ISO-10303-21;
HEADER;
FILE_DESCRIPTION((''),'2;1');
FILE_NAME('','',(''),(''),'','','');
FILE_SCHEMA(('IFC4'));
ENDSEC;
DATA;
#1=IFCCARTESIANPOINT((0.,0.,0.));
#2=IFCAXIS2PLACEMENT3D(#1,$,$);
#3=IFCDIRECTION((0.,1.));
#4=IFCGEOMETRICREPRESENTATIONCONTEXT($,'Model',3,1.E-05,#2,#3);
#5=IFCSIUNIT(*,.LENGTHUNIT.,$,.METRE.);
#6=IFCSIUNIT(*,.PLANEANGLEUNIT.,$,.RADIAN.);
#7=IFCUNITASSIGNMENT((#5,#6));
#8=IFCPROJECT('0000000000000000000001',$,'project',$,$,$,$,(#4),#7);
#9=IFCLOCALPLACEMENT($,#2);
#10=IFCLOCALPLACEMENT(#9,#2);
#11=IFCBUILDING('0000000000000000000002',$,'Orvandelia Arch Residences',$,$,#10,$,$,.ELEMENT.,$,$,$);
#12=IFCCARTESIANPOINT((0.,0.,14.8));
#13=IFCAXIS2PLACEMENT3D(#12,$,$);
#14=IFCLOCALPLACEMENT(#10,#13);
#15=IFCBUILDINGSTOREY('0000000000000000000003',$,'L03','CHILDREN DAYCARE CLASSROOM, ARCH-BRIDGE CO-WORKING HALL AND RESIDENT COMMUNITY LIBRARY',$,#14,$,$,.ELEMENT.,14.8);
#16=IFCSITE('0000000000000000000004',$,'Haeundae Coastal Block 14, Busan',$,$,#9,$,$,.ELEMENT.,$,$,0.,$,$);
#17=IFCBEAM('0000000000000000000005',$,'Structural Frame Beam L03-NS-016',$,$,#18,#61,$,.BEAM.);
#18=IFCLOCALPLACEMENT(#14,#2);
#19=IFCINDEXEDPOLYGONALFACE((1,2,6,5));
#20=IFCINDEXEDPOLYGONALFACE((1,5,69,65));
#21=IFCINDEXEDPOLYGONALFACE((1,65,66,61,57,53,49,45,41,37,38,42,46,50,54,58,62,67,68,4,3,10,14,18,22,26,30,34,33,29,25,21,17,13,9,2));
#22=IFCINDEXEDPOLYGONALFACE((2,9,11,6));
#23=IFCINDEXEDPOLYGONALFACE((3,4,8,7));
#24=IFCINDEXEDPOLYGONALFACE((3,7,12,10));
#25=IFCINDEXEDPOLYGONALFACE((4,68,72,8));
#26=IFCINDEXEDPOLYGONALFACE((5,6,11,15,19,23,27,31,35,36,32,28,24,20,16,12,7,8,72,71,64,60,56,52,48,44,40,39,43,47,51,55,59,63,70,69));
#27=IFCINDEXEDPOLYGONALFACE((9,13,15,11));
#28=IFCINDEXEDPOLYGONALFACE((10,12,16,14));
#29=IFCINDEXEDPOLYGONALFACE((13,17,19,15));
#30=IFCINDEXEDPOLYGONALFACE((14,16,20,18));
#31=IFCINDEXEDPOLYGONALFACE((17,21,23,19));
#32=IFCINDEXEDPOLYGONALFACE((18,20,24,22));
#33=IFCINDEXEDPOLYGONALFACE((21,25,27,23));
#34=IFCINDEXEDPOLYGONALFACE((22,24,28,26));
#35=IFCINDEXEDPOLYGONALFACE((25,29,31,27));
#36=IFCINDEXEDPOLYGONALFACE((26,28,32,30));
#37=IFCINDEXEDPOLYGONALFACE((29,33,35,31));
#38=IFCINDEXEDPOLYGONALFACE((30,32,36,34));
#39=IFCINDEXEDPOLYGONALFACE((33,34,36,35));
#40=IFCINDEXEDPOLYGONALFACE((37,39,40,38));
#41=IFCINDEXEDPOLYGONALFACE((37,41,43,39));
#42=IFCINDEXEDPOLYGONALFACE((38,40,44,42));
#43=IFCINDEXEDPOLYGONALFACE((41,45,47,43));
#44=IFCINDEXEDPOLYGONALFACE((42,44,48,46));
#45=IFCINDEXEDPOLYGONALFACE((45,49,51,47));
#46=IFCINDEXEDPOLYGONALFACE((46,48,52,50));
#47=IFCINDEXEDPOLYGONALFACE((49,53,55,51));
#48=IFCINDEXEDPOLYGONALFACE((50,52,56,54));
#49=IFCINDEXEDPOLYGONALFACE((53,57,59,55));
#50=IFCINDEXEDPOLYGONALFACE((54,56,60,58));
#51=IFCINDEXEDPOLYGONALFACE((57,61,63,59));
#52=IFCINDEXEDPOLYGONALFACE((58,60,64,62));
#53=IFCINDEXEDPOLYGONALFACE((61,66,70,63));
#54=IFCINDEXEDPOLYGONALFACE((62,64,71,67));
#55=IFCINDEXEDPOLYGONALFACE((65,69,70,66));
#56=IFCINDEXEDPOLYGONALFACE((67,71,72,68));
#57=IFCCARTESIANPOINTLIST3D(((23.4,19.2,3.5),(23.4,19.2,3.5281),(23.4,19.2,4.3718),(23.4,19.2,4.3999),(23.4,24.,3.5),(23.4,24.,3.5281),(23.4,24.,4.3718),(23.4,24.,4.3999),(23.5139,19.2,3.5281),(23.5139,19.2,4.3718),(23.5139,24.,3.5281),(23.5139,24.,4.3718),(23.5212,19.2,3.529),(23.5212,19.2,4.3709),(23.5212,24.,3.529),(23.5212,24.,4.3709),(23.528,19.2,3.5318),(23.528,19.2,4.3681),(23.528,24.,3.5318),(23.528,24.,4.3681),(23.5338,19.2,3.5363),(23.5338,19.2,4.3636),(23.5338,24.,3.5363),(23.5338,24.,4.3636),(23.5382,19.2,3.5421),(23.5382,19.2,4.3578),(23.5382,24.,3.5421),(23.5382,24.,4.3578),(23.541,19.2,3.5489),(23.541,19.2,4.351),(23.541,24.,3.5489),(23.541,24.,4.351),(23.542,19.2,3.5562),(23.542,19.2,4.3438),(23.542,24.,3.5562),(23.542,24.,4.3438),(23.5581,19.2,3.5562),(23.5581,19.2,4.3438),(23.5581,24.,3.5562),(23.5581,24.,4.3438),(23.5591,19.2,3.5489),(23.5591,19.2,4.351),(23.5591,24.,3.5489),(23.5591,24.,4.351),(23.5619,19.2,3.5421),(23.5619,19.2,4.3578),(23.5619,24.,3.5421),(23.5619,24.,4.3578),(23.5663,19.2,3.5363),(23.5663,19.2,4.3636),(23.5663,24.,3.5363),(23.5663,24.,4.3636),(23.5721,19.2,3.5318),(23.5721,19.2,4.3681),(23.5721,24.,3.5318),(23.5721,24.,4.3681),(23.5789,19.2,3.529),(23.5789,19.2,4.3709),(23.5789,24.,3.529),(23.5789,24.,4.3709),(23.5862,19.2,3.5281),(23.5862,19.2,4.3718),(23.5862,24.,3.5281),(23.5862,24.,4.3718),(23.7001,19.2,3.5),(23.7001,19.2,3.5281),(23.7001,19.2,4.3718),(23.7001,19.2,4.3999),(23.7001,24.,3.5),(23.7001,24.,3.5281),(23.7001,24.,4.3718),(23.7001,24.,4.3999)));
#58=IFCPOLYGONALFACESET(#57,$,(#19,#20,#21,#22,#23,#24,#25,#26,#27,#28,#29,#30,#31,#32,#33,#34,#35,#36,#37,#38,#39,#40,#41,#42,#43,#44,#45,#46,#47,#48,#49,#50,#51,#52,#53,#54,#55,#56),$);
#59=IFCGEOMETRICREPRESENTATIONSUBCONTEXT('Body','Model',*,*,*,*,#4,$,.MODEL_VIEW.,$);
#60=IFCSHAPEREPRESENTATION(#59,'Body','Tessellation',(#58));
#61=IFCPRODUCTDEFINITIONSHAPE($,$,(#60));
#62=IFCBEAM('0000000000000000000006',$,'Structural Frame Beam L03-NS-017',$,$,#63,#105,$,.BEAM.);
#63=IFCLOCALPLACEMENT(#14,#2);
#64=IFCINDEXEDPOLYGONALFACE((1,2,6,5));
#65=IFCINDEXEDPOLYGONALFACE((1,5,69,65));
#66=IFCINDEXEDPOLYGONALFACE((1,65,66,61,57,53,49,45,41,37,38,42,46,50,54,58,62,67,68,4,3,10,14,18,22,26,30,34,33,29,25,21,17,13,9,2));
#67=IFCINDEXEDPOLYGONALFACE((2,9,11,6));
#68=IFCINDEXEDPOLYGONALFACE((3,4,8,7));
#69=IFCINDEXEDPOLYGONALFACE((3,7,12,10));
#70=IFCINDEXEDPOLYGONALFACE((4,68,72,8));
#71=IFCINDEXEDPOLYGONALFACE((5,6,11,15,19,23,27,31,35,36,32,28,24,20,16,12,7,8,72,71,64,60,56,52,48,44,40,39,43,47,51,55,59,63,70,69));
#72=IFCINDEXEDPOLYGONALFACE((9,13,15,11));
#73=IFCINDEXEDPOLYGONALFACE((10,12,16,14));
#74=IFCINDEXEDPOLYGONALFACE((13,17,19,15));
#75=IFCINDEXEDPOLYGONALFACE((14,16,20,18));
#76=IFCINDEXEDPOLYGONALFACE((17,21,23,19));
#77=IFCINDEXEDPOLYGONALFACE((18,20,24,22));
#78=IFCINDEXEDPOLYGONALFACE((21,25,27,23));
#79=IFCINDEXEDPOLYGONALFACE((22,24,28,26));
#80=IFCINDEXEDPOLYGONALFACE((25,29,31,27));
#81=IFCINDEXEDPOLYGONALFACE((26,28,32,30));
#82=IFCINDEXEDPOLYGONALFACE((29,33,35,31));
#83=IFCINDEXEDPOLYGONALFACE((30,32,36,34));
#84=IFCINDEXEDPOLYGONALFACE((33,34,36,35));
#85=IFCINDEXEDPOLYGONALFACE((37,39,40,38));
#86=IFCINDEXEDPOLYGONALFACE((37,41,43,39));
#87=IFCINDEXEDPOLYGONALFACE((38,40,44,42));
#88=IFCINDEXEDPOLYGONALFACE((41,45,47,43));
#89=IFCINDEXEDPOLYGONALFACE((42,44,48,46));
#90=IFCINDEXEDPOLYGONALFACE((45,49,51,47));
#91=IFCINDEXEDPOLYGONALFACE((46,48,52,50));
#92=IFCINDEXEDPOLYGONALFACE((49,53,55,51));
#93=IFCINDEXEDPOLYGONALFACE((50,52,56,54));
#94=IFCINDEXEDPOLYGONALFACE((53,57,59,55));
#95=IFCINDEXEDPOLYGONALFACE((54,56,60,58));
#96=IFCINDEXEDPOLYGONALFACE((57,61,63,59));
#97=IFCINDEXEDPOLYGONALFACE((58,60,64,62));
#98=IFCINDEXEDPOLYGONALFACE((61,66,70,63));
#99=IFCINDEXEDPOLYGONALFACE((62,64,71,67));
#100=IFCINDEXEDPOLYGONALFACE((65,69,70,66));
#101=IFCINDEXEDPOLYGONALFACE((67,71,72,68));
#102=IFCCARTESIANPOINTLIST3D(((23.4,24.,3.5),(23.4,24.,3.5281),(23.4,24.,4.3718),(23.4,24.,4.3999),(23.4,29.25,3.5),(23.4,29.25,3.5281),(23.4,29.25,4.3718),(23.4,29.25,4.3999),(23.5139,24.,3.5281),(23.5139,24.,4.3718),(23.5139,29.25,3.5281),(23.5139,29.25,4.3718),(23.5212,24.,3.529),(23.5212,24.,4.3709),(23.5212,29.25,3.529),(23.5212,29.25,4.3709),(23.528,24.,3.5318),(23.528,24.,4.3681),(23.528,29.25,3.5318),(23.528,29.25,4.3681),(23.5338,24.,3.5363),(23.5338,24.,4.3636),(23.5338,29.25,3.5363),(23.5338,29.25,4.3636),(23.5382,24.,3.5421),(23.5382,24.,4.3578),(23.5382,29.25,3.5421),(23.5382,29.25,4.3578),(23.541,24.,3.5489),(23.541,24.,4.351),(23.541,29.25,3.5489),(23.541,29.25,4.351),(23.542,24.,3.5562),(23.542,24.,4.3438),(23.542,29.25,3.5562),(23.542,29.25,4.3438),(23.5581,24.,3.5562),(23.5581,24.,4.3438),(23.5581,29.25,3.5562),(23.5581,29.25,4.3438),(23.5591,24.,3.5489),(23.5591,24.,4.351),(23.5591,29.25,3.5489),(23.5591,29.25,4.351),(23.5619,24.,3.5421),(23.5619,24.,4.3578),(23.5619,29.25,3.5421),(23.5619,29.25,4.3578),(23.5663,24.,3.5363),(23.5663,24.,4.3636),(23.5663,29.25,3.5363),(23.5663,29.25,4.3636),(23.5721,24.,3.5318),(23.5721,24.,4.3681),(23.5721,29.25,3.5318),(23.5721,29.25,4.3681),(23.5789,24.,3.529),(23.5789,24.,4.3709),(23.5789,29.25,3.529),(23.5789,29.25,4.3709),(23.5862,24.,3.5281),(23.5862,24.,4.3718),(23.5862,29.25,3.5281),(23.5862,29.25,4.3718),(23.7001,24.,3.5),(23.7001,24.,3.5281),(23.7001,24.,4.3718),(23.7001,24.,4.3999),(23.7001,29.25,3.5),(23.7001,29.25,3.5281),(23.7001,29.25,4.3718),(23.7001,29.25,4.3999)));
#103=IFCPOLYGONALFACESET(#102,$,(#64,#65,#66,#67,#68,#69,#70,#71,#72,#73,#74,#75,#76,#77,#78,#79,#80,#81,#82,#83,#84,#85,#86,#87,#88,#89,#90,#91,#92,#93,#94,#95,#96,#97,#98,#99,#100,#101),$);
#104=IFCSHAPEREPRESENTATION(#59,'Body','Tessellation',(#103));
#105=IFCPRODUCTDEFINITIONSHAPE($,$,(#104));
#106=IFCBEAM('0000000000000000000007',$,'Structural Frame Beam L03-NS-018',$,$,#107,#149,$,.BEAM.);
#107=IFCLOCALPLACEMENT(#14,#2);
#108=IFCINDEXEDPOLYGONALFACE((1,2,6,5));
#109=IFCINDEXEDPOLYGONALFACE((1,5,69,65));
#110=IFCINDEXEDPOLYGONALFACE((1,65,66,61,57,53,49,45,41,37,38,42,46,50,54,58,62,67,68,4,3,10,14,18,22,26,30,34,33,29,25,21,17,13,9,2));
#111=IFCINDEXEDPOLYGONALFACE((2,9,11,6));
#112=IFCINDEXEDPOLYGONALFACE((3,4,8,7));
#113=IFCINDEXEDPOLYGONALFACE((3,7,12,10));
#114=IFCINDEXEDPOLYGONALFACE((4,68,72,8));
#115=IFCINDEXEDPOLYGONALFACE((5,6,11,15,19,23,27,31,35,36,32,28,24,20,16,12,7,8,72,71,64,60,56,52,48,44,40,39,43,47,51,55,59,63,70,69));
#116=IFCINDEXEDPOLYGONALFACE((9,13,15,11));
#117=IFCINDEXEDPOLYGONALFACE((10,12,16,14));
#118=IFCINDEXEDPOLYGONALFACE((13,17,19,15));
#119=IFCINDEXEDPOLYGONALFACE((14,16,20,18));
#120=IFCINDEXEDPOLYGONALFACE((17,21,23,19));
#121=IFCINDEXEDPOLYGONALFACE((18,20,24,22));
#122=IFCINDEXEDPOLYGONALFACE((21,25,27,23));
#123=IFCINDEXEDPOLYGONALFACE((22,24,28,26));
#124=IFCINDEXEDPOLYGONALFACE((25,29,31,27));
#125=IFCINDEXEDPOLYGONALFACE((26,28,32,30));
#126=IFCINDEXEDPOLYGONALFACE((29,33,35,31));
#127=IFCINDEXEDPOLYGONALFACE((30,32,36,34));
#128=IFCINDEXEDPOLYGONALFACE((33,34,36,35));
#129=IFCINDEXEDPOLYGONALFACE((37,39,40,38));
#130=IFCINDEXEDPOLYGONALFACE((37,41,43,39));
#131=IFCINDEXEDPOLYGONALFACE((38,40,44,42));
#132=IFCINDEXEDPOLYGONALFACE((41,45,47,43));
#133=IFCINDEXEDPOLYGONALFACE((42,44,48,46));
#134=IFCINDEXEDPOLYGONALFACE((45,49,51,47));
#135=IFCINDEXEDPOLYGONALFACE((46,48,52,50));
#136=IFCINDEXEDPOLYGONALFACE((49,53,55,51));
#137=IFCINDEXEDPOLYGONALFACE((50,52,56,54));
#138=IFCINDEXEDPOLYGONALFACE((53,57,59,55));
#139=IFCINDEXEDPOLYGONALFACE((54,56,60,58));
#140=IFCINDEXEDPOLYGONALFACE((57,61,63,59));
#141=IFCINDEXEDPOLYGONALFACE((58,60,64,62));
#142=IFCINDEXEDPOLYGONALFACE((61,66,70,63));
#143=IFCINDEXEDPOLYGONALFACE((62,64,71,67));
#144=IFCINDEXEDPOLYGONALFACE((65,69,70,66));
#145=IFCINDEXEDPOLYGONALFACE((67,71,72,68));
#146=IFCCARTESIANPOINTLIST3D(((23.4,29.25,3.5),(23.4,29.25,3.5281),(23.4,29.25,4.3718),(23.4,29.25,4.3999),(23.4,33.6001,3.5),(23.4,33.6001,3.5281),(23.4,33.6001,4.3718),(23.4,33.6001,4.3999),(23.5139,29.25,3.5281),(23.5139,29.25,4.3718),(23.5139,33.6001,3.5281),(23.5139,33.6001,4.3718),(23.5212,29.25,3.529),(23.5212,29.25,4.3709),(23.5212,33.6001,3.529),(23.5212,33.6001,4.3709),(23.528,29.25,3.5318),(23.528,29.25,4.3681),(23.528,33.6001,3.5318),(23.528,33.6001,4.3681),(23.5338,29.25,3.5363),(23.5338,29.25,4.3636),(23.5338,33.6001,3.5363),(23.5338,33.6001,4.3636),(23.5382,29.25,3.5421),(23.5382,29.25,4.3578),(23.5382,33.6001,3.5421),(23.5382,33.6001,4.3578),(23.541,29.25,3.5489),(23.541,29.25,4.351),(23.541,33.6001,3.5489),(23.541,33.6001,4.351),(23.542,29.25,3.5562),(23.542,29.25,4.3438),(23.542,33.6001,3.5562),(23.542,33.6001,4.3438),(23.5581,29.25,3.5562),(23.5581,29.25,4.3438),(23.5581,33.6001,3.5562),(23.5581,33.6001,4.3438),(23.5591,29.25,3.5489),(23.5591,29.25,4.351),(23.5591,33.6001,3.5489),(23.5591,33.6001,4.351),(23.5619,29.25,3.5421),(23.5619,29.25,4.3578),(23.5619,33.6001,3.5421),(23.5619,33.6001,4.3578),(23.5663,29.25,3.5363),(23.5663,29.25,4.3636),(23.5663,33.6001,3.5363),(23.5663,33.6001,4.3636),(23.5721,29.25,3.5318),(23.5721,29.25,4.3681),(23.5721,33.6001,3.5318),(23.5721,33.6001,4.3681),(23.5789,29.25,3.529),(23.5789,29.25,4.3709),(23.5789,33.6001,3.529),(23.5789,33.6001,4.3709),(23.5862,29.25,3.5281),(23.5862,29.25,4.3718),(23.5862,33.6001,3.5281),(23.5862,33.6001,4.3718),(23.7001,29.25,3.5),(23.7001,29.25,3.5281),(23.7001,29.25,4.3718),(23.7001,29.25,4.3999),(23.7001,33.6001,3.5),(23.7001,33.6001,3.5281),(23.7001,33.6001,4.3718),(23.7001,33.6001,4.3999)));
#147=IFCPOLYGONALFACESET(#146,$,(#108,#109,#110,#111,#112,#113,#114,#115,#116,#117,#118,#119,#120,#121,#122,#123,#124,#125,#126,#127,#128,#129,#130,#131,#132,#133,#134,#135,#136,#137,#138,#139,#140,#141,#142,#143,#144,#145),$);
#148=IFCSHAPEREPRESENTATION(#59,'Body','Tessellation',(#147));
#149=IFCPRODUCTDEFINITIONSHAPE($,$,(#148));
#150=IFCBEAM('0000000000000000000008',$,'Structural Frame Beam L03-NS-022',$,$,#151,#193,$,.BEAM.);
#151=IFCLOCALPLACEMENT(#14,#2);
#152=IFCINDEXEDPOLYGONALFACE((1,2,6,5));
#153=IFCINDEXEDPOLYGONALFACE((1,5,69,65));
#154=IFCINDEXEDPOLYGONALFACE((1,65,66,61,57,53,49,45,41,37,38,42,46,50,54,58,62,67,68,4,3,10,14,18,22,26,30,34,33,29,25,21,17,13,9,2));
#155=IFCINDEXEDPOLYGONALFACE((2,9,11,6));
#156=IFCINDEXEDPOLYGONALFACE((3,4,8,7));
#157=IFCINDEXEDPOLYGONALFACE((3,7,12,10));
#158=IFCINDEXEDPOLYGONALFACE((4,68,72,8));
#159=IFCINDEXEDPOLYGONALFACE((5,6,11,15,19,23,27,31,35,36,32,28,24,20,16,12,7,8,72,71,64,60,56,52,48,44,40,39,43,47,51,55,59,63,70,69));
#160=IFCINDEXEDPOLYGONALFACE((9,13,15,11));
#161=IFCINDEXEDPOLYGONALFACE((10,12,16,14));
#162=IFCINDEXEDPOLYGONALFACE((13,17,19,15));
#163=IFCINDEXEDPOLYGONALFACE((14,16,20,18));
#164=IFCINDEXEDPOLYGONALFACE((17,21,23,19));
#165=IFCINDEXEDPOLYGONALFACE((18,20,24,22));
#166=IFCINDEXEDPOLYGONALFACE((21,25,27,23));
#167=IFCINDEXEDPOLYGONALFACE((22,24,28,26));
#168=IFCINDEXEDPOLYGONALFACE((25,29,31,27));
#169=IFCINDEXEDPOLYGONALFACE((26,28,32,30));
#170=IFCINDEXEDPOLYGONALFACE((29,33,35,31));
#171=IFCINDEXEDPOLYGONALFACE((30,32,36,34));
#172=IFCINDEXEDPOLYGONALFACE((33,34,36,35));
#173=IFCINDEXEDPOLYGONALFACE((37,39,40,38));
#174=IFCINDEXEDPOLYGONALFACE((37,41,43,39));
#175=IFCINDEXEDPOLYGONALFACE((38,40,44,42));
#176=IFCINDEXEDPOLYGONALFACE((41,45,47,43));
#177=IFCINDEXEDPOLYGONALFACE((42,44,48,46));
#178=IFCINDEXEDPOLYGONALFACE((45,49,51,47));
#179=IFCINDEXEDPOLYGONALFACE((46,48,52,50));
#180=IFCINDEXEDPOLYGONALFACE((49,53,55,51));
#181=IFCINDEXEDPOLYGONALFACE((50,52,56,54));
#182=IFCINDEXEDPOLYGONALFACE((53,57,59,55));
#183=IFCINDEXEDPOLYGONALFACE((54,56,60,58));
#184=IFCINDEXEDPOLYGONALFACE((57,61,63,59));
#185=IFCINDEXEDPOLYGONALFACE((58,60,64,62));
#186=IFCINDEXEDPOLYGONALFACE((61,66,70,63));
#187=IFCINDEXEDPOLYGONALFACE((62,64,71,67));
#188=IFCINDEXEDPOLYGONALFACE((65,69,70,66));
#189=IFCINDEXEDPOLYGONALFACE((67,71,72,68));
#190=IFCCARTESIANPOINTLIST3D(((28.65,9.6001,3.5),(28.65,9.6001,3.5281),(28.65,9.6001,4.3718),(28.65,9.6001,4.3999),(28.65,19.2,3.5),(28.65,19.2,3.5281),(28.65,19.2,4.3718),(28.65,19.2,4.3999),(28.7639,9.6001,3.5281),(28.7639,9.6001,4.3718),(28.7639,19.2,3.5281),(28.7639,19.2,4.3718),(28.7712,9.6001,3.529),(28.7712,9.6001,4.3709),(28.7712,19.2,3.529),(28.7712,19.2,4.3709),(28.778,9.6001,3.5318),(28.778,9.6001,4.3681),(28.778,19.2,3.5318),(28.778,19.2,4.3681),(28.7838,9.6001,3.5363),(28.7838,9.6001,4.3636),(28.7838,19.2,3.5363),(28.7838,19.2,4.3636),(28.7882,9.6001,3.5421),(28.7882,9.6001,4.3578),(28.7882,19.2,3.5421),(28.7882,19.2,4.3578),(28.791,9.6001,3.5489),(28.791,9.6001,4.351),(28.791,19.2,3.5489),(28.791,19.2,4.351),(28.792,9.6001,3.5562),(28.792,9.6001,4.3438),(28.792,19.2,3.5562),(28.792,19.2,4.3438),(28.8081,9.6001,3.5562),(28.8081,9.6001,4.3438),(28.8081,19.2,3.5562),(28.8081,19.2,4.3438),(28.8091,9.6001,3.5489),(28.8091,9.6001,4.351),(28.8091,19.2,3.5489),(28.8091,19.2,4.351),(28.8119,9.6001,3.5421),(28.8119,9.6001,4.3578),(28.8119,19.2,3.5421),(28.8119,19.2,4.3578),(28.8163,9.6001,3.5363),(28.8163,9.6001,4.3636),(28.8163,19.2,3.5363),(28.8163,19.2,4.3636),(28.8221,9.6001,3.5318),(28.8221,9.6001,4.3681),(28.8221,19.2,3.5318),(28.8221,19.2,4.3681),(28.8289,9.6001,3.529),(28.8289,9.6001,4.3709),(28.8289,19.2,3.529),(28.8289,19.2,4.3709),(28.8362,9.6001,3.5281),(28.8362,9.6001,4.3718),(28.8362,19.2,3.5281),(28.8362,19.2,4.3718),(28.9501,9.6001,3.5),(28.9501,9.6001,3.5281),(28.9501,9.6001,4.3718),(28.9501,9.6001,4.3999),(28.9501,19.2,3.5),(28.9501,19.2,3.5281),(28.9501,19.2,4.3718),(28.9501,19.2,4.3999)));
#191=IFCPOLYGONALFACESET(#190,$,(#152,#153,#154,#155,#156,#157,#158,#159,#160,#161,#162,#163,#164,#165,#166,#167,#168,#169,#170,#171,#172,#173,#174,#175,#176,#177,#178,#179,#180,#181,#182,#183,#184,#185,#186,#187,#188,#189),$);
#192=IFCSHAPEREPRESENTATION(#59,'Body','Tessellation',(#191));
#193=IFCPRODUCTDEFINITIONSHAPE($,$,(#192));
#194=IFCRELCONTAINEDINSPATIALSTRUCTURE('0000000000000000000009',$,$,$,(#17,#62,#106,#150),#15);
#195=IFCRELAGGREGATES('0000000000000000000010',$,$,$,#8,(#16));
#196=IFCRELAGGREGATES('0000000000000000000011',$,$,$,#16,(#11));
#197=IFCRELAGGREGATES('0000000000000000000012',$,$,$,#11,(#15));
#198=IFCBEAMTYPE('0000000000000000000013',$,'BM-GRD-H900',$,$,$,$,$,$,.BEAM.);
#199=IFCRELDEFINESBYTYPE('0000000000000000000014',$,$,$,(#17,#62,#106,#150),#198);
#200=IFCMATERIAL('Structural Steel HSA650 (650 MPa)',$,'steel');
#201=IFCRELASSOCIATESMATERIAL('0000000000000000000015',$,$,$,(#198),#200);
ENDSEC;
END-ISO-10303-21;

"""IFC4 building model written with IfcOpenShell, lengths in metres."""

from ifc_helpers import new_model, si_unit, direction, frame, origin, origin_2d, place, context, subcontext, project, spatial, i_section, extrude, material, material_profile, profile_set, type_object, element, save


model = new_model("IFC4")

# Units and contexts
model_context = context("Model", 3, precision=1e-05, world=origin(), true_north=direction((0.0, 1.0)))
body_context = subcontext(model_context, "Body", "Model", "MODEL_VIEW")
ifc_project = project(units=[si_unit("LENGTHUNIT", "METRE"), si_unit("PLANEANGLEUNIT", "RADIAN")], contexts=[model_context])

# Site, building, storey
site_placement = place(None, origin())
site = spatial("IfcSite", under=ifc_project, at=site_placement, Name="Haeundae Coastal Block 14, Busan", CompositionType="ELEMENT", RefElevation=0.0)
building_placement = place(site_placement, origin())
building = spatial("IfcBuilding", under=site, at=building_placement, Name="Orvandelia Arch Residences", CompositionType="ELEMENT")
storey_placement = place(building_placement, frame((0.0, 0.0, 14.8)))
storey = spatial("IfcBuildingStorey", under=building, at=storey_placement, Name="L03", Description="CHILDREN DAYCARE CLASSROOM, ARCH-BRIDGE CO-WORKING HALL AND RESIDENT COMMUNITY LIBRARY", CompositionType="ELEMENT", Elevation=14.8)

# Shared definitions
ifc_material_1 = material(Name="Structural Steel HSA650 (650 MPa)", Category="steel")

# Beams
ifc_material_profile_1 = material_profile(ifc_material_1, i_section(OverallWidth=0.3, OverallDepth=0.8999, WebThickness=0.0161, FlangeThickness=0.0281, FilletRadius=0.0281, at=origin_2d()), Name="Structural Steel HSA650 (650 MPa)", Category="steel")
ifc_profile_set_1 = profile_set([ifc_material_profile_1], Name="Structural Steel HSA650 (650 MPa)")
beam_type_1 = type_object("IfcBeamType", Name="BM-GRD-H900", PredefinedType="BEAM", material=ifc_profile_set_1)
for number, where, z_axis, x_axis, name in (
    (1, (23.55, 19.2, 3.95), (0.0, 1.0, 0.0), (-1.0, 0.0, 0.0), "Structural Frame Beam L03-NS-016"),
):
    element("IfcBeam", number, at=place(storey_placement, frame(where, z_axis=z_axis, x_axis=x_axis)), inside=storey, type_object=beam_type_1, Name=name, PredefinedType="BEAM", context=body_context, shape_type="SweptSolid", body=[
        extrude(i_section(OverallWidth=0.3, OverallDepth=0.8999, WebThickness=0.0161, FlangeThickness=0.0281, FilletRadius=0.0281, at=origin_2d()), origin(), (0.0, 0.0, 1.0), 4.8),
    ])
beam_1_placement = place(storey_placement, frame((23.55, 24.0, 3.95), z_axis=(0.0, 1.0, 0.0), x_axis=(-1.0, 0.0, 0.0)))
element("IfcBeam", 2, at=beam_1_placement, inside=storey, type_object=beam_type_1, Name="Structural Frame Beam L03-NS-017", PredefinedType="BEAM", context=body_context, shape_type="SweptSolid", body=[
    extrude(i_section(OverallWidth=0.3, OverallDepth=0.8999, WebThickness=0.0161, FlangeThickness=0.0281, FilletRadius=0.0281, at=origin_2d()), origin(), (0.0, 0.0, 1.0), 5.25),
])
beam_2_placement = place(storey_placement, frame((23.55, 29.25, 3.95), z_axis=(0.0, 1.0, 0.0), x_axis=(-1.0, 0.0, 0.0)))
element("IfcBeam", 3, at=beam_2_placement, inside=storey, type_object=beam_type_1, Name="Structural Frame Beam L03-NS-018", PredefinedType="BEAM", context=body_context, shape_type="SweptSolid", body=[
    extrude(i_section(OverallWidth=0.3, OverallDepth=0.8999, WebThickness=0.0161, FlangeThickness=0.0281, FilletRadius=0.0281, at=origin_2d()), origin(), (0.0, 0.0, 1.0), 4.3501),
])
beam_3_placement = place(storey_placement, frame((28.8, 9.6001, 3.95), z_axis=(0.0, 1.0, 0.0), x_axis=(-1.0, 0.0, 0.0)))
element("IfcBeam", 4, at=beam_3_placement, inside=storey, type_object=beam_type_1, Name="Structural Frame Beam L03-NS-022", PredefinedType="BEAM", context=body_context, shape_type="SweptSolid", body=[
    extrude(i_section(OverallWidth=0.3, OverallDepth=0.8999, WebThickness=0.0161, FlangeThickness=0.0281, FilletRadius=0.0281, at=origin_2d()), origin(), (0.0, 0.0, 1.0), 9.5999),
])

save(model, "model.ifc")
